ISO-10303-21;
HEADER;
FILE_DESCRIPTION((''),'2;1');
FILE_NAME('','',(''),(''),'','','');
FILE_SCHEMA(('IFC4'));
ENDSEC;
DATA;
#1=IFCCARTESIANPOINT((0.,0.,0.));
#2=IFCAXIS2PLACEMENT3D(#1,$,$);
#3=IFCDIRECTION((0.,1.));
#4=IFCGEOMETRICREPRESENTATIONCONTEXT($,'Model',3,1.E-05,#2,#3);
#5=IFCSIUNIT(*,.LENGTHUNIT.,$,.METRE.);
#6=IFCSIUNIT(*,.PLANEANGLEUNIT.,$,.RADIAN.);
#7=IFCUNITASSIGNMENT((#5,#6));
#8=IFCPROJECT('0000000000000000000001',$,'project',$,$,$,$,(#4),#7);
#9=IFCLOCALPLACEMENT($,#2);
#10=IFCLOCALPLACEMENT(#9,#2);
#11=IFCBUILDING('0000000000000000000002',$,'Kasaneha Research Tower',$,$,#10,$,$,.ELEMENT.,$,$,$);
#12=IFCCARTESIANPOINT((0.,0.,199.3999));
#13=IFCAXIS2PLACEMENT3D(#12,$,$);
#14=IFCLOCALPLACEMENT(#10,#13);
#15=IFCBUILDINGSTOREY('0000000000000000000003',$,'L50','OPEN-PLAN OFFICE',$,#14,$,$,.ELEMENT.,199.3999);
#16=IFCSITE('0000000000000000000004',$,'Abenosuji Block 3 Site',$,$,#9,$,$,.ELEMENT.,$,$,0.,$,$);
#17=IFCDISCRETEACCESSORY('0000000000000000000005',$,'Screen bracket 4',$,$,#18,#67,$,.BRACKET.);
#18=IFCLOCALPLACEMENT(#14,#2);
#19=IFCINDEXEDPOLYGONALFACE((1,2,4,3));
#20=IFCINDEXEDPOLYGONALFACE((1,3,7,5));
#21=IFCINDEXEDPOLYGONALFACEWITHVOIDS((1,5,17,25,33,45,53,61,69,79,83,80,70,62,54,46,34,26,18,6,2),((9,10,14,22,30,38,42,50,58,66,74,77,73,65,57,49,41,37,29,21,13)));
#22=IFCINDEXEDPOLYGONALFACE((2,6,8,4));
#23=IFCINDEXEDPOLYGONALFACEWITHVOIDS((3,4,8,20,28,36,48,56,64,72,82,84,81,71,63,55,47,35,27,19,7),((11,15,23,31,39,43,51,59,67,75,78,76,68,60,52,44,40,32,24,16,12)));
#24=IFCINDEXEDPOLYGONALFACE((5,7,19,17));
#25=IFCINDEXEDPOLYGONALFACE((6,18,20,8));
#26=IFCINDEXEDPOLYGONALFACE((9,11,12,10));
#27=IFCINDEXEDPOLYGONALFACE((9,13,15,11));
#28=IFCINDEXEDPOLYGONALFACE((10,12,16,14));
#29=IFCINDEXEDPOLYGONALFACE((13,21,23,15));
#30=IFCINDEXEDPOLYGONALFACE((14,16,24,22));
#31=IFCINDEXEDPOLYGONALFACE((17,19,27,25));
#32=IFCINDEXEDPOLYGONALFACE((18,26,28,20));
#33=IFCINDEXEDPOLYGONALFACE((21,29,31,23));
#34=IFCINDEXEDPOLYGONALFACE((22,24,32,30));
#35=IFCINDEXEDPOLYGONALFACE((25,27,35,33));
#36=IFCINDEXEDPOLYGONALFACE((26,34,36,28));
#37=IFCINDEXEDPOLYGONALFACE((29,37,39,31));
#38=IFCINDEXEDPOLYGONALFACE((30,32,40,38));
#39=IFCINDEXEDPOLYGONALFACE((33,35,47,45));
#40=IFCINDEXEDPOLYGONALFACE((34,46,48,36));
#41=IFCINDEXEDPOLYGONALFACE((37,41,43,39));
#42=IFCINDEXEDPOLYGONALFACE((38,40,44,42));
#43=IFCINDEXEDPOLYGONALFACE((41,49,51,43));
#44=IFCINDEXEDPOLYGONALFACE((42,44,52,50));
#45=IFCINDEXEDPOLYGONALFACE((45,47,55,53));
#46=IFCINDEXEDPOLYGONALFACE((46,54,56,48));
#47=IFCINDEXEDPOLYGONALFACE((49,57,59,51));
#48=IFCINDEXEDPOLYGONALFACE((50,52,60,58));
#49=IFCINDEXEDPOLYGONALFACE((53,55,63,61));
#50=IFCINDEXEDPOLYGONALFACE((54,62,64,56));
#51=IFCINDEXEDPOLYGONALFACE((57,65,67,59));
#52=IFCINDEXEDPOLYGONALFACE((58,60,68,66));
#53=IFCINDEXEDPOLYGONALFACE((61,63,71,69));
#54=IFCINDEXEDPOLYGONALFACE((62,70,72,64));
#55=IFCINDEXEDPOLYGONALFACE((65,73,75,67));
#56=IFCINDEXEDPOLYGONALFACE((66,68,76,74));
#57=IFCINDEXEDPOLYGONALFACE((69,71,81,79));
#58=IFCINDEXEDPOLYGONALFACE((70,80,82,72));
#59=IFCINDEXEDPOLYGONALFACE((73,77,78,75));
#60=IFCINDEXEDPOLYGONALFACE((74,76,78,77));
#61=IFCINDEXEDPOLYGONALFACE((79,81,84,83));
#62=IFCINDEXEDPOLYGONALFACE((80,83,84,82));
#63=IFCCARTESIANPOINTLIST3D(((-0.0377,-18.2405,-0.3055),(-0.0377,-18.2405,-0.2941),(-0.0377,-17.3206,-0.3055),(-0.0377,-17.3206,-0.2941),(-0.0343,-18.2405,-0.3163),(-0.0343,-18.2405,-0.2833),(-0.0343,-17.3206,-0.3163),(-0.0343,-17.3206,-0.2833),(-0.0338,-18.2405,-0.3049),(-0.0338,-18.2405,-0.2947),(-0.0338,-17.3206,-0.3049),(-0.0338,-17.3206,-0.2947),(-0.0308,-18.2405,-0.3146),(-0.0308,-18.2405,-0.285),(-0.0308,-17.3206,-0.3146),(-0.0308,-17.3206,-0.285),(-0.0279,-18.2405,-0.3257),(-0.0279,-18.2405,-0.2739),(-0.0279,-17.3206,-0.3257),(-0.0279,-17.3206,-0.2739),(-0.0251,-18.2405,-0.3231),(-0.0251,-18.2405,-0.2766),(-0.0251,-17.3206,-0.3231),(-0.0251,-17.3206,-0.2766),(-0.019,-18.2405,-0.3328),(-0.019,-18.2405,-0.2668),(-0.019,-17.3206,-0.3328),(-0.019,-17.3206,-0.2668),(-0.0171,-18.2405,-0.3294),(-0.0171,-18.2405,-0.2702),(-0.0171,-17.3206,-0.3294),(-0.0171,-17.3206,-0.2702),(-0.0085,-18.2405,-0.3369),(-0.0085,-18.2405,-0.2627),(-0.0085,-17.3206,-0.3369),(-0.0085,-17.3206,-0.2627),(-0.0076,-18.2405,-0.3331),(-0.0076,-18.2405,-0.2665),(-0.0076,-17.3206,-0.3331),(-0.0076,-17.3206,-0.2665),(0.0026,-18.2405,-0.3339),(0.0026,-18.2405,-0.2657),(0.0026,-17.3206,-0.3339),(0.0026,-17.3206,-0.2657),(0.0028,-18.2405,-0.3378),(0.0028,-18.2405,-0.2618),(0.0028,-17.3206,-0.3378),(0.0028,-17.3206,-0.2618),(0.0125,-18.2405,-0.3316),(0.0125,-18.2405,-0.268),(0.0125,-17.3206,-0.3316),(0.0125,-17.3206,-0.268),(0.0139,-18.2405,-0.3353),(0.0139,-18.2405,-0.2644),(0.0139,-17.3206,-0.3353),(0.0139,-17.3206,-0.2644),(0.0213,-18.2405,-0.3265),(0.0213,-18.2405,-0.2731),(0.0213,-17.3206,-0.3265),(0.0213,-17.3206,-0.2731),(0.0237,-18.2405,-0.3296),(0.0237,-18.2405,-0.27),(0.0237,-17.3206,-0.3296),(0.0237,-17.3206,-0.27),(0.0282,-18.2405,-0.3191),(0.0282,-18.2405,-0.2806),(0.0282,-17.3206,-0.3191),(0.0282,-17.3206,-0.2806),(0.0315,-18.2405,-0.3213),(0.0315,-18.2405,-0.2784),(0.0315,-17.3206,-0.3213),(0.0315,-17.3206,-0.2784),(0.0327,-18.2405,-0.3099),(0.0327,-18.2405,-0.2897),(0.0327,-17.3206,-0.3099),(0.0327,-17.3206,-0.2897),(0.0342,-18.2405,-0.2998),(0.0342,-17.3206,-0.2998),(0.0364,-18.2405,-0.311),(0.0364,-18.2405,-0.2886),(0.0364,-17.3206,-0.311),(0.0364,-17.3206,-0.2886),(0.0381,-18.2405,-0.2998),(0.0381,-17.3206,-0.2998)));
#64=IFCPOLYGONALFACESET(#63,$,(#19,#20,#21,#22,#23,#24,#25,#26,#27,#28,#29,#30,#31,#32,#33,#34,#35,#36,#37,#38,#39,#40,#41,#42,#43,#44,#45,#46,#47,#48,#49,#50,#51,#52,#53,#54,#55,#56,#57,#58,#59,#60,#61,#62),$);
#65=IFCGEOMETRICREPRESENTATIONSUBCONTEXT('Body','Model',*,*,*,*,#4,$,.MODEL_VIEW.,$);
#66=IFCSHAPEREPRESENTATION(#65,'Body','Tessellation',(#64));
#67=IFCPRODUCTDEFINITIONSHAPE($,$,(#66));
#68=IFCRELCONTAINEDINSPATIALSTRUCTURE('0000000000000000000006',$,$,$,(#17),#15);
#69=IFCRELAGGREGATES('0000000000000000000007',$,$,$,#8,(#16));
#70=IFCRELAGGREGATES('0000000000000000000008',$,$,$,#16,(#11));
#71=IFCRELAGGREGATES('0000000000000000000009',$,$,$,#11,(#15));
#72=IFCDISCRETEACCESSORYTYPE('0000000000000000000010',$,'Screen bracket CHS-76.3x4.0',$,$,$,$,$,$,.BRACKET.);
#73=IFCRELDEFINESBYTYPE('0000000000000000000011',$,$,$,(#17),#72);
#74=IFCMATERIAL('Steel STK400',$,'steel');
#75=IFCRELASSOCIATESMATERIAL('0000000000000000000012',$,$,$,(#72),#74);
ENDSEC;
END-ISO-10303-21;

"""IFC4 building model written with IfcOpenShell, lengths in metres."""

from ifc_helpers import new_model, si_unit, direction, frame, origin, origin_2d, place, context, subcontext, project, spatial, hollow_circle, extrude, material, material_profile, profile_set, type_object, element, save


model = new_model("IFC4")

# Units and contexts
model_context = context("Model", 3, precision=1e-05, world=origin(), true_north=direction((0.0, 1.0)))
body_context = subcontext(model_context, "Body", "Model", "MODEL_VIEW")
ifc_project = project(units=[si_unit("LENGTHUNIT", "METRE"), si_unit("PLANEANGLEUNIT", "RADIAN")], contexts=[model_context])

# Site, building, storey
site_placement = place(None, origin())
site = spatial("IfcSite", under=ifc_project, at=site_placement, Name="Abenosuji Block 3 Site", CompositionType="ELEMENT", RefElevation=0.0)
building_placement = place(site_placement, origin())
building = spatial("IfcBuilding", under=site, at=building_placement, Name="Kasaneha Research Tower", CompositionType="ELEMENT")
storey_placement = place(building_placement, frame((0.0, 0.0, 199.3999)))
storey = spatial("IfcBuildingStorey", under=building, at=storey_placement, Name="L50", Description="OPEN-PLAN OFFICE", CompositionType="ELEMENT", Elevation=199.3999)

# Discrete accessory
ifc_material_1 = material(Name="Steel STK400", Category="steel")
ifc_material_profile_1 = material_profile(ifc_material_1, hollow_circle(Radius=0.0381, WallThickness=0.0039, at=origin_2d()), Name="CHS-76.3x4.0")
ifc_profile_set_1 = profile_set([ifc_material_profile_1], Name="Steel STK400")
discrete_accessory_type = type_object("IfcDiscreteAccessoryType", Name="Screen bracket CHS-76.3x4.0", PredefinedType="BRACKET", material=ifc_profile_set_1)
for number, where, z_axis, x_axis, name in (
    (1, (0.0, -17.3206, -0.2998), (0.0, -1.0, 0.0), (1.0, 0.0, 0.0), "Screen bracket 4"),
):
    element("IfcDiscreteAccessory", number, at=place(storey_placement, frame(where, z_axis=z_axis, x_axis=x_axis)), inside=storey, type_object=discrete_accessory_type, Name=name, PredefinedType="BRACKET", context=body_context, shape_type="SweptSolid", body=[
        extrude(hollow_circle(Radius=0.0381, WallThickness=0.0039, at=origin_2d()), origin(), (0.0, 0.0, 1.0), 0.9199),
    ])

save(model, "model.ifc")
